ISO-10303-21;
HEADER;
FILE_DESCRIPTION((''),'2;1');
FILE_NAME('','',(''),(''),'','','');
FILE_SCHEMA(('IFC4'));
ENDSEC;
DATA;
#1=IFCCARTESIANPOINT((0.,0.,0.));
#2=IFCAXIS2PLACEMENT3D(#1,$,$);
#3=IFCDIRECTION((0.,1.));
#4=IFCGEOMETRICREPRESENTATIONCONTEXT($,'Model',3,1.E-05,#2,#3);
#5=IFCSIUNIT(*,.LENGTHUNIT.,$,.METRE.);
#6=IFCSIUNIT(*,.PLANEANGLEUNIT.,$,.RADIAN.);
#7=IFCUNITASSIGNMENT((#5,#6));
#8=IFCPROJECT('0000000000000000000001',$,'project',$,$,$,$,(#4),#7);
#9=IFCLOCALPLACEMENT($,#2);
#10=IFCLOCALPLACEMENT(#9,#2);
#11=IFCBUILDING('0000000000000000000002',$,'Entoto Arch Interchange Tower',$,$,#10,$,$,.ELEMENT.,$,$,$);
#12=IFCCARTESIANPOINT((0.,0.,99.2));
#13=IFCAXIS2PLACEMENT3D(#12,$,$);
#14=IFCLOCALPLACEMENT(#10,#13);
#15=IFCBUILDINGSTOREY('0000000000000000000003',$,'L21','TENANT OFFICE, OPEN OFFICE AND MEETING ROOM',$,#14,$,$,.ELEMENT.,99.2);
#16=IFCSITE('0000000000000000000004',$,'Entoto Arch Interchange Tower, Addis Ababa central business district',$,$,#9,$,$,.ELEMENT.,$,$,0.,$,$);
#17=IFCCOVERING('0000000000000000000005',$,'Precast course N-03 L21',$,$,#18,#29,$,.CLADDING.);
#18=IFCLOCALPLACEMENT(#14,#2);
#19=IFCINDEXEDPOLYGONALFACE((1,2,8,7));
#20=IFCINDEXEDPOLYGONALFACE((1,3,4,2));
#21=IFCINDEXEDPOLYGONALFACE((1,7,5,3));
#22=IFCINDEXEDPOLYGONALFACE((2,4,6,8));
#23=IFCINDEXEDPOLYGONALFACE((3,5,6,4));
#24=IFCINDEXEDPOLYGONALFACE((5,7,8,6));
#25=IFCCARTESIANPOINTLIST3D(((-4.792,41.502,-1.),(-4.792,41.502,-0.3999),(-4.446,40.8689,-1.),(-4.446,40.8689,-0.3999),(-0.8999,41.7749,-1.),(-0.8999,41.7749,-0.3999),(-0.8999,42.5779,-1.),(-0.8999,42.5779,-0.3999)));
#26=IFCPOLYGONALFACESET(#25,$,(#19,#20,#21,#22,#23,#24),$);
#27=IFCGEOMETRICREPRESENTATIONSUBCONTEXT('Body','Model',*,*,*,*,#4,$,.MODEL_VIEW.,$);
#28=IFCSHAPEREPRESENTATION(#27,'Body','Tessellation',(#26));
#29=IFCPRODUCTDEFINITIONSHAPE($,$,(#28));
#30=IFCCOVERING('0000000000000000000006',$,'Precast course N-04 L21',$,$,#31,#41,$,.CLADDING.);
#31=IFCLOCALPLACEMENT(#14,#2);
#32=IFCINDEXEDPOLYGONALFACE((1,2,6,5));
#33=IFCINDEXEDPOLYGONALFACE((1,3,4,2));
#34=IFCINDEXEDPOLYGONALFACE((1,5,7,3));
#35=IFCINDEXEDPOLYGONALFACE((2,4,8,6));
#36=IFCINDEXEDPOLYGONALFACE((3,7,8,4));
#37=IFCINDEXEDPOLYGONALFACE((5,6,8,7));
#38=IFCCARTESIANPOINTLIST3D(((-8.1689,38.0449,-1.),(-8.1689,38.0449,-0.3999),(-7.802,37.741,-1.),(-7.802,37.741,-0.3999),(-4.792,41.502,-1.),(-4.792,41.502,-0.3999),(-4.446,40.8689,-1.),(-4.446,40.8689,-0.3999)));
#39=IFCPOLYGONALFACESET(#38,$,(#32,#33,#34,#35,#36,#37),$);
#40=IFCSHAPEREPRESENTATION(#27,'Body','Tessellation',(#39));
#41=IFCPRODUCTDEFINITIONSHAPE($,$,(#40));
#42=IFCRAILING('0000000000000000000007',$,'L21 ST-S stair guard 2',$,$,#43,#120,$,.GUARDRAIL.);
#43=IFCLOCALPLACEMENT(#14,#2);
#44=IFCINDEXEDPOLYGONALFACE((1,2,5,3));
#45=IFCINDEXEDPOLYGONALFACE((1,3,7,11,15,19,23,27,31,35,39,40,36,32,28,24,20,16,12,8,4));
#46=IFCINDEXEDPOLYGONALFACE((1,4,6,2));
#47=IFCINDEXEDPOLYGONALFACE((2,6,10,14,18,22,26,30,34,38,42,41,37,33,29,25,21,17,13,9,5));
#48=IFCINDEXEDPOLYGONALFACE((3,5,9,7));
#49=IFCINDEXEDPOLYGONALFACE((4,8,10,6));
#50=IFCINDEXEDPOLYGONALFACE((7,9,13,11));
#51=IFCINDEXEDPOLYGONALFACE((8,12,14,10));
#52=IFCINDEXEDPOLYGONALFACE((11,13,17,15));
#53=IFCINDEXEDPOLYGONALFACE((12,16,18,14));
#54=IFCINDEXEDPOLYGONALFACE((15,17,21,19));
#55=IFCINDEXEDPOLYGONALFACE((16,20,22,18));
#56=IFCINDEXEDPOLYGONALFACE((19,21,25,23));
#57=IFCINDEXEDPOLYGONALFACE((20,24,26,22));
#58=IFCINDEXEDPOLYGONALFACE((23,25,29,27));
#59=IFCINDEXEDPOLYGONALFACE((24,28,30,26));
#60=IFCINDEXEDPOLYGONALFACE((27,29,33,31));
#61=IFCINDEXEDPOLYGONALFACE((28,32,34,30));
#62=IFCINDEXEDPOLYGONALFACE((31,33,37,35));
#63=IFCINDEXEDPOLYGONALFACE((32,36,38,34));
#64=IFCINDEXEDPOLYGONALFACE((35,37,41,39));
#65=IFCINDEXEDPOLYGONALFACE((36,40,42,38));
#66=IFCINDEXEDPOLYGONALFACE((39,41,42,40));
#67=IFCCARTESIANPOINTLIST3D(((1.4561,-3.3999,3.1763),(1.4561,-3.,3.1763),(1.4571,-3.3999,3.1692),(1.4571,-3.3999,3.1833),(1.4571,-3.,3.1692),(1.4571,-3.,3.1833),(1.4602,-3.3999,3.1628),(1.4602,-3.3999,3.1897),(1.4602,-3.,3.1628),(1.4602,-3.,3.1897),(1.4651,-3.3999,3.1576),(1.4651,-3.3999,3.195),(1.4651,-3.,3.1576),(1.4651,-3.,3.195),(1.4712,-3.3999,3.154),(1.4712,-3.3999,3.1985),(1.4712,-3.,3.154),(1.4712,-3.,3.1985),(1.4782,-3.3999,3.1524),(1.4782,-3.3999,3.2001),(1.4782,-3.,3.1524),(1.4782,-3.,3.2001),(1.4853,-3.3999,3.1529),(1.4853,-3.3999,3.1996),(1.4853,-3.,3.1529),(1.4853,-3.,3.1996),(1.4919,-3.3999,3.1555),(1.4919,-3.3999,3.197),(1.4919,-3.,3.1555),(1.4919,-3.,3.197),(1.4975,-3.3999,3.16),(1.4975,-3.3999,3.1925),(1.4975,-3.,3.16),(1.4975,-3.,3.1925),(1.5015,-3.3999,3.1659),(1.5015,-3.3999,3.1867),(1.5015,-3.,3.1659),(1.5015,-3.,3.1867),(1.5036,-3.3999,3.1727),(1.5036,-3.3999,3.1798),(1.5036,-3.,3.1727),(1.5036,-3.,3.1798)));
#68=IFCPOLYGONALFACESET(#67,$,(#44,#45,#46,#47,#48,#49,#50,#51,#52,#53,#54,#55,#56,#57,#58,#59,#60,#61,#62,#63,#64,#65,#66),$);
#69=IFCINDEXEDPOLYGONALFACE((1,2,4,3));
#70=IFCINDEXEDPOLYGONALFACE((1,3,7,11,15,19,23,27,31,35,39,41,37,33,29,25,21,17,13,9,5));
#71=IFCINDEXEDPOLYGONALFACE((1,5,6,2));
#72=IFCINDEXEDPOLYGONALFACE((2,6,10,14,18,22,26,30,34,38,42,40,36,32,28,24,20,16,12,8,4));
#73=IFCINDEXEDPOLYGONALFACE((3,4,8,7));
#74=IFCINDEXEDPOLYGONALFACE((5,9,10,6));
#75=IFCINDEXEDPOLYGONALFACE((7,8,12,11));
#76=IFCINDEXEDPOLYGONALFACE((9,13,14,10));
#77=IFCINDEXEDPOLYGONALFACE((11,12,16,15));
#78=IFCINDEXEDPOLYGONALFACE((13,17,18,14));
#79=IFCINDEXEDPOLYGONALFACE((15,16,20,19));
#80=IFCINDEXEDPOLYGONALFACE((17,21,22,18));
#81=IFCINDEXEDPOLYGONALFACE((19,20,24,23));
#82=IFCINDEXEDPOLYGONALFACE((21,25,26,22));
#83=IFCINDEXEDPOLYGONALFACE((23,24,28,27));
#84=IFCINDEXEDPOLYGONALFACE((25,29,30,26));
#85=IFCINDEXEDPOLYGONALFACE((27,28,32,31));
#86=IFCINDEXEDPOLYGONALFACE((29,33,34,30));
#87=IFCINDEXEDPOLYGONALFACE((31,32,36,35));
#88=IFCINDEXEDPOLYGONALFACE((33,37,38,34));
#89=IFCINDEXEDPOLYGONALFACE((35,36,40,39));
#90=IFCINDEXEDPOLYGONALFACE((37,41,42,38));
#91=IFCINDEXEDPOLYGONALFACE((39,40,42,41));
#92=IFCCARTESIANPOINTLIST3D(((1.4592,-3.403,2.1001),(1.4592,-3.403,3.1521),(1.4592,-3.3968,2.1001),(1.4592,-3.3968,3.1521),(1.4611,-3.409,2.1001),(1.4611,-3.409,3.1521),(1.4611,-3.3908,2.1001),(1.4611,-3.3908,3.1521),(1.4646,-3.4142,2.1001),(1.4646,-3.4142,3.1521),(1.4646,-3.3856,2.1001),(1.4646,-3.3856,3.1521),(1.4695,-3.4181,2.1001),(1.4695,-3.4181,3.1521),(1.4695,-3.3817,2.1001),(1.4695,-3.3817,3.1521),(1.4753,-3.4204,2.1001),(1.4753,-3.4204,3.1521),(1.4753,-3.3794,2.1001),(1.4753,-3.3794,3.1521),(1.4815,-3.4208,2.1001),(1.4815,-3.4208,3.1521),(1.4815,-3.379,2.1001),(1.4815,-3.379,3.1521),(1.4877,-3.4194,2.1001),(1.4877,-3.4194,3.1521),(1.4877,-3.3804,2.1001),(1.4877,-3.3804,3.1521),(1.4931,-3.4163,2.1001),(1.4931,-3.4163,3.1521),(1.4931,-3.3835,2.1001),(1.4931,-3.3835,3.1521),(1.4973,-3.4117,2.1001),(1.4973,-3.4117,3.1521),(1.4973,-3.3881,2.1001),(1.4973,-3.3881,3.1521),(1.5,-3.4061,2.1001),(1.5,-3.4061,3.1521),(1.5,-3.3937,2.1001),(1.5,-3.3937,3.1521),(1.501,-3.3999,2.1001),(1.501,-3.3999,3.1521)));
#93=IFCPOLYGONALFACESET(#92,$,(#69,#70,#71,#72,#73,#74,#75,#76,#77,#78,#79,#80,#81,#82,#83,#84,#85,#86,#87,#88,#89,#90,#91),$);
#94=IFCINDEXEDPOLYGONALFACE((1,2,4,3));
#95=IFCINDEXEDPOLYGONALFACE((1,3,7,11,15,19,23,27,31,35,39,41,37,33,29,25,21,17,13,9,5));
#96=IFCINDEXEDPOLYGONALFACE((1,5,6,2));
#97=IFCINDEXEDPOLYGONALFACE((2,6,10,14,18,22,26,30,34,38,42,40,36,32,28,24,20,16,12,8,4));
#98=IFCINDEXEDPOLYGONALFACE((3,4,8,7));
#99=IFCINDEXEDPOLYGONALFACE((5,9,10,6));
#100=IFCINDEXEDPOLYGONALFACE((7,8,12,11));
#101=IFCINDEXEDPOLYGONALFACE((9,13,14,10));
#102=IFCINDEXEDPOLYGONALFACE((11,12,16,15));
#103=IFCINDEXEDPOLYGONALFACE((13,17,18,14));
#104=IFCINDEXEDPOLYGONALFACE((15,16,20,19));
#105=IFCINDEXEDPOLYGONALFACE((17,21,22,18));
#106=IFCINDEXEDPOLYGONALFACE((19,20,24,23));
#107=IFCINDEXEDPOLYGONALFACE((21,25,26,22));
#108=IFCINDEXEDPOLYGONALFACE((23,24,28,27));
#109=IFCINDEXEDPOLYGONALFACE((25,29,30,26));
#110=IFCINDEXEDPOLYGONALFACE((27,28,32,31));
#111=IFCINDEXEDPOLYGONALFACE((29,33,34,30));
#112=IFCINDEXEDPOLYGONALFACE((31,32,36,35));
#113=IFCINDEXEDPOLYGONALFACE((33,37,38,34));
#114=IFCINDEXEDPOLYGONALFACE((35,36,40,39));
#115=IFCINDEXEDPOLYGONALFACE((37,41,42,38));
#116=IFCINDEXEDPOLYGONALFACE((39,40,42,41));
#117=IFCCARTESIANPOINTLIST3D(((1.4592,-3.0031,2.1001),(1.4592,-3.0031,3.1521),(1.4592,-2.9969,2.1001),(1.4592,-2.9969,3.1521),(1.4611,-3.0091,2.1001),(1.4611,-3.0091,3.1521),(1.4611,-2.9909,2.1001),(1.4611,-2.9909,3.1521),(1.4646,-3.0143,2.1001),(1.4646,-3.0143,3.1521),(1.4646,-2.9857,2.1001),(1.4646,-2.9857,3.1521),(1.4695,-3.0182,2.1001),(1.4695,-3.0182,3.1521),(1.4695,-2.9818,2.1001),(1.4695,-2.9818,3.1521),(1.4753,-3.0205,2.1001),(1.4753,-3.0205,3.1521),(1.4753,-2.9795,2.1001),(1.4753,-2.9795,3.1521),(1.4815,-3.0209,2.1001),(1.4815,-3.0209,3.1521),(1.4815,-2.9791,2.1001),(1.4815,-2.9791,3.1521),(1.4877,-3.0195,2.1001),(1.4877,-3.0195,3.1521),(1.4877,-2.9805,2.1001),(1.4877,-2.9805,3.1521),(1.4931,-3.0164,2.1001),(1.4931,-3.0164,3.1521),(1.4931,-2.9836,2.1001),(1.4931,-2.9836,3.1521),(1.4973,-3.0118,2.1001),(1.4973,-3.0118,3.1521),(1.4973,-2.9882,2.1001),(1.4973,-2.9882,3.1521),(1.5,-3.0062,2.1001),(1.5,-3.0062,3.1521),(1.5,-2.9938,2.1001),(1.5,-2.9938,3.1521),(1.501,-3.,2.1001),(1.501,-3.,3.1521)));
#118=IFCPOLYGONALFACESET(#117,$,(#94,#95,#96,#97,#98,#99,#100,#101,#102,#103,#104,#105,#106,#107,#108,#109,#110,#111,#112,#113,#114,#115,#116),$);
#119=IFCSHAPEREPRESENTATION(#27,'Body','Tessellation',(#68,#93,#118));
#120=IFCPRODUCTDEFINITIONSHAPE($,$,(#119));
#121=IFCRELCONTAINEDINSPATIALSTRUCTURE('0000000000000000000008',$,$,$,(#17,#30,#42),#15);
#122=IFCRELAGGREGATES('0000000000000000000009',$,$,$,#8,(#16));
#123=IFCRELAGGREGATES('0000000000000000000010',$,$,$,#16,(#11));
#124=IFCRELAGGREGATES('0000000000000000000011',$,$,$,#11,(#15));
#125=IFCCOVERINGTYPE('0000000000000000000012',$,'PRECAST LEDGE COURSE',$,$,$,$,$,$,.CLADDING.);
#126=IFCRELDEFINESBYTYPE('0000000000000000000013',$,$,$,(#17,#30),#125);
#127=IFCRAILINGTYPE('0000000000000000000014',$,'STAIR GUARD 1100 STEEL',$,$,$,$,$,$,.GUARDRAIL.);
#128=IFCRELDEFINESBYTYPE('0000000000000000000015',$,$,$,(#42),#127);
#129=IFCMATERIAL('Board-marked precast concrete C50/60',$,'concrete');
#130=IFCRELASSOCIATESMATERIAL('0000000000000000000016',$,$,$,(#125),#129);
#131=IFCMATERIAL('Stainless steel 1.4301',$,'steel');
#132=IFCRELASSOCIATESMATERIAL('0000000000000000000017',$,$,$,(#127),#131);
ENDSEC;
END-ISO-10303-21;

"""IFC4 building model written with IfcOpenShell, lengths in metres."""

from ifc_helpers import new_model, si_unit, direction, frame, origin, origin_2d, place, context, subcontext, project, spatial, polyline, circle, outline, extrude, material, type_object, element, save


model = new_model("IFC4")

# Units and contexts
model_context = context("Model", 3, precision=1e-05, world=origin(), true_north=direction((0.0, 1.0)))
body_context = subcontext(model_context, "Body", "Model", "MODEL_VIEW")
ifc_project = project(units=[si_unit("LENGTHUNIT", "METRE"), si_unit("PLANEANGLEUNIT", "RADIAN")], contexts=[model_context])

# Site, building, storey
site_placement = place(None, origin())
site = spatial("IfcSite", under=ifc_project, at=site_placement, Name="Entoto Arch Interchange Tower, Addis Ababa central business district", CompositionType="ELEMENT", RefElevation=0.0)
building_placement = place(site_placement, origin())
building = spatial("IfcBuilding", under=site, at=building_placement, Name="Entoto Arch Interchange Tower", CompositionType="ELEMENT")
storey_placement = place(building_placement, frame((0.0, 0.0, 99.2)))
storey = spatial("IfcBuildingStorey", under=building, at=storey_placement, Name="L21", Description="TENANT OFFICE, OPEN OFFICE AND MEETING ROOM", CompositionType="ELEMENT", Elevation=99.2)

# Coverings
ifc_material_1 = material(Name="Board-marked precast concrete C50/60", Category="concrete")
covering_type = type_object("IfcCoveringType", Name="PRECAST LEDGE COURSE", PredefinedType="CLADDING", material=ifc_material_1)
covering_1_placement = place(storey_placement, frame((0.0, 0.0, -1.0)))
element("IfcCovering", 1, at=covering_1_placement, inside=storey, type_object=covering_type, Name="Precast course N-03 L21", PredefinedType="CLADDING", context=body_context, shape_type="SweptSolid", body=[
    extrude(outline(polyline([(-4.446, 40.8689), (-4.792, 41.502), (-0.8999, 42.5779), (-0.8999, 41.7749), (-4.446, 40.8689)])), origin(), (0.0, 0.0, 1.0), 0.6001),
])
covering_2_placement = place(storey_placement, frame((0.0, 0.0, -1.0)))
element("IfcCovering", 2, at=covering_2_placement, inside=storey, type_object=covering_type, Name="Precast course N-04 L21", PredefinedType="CLADDING", context=body_context, shape_type="SweptSolid", body=[
    extrude(outline(polyline([(-7.802, 37.741), (-8.1689, 38.0449), (-4.792, 41.502), (-4.446, 40.8689), (-7.802, 37.741)])), origin(), (0.0, 0.0, 1.0), 0.6001),
])

# Railing
ifc_material_2 = material(Name="Stainless steel 1.4301", Category="steel")
railing_type_1 = type_object("IfcRailingType", Name="STAIR GUARD 1100 STEEL", PredefinedType="GUARDRAIL", material=ifc_material_2)
railing_1_placement = place(storey_placement, frame((1.48, -3.3999, 2.1001)))
element("IfcRailing", 3, at=railing_1_placement, inside=storey, type_object=railing_type_1, Name="L21 ST-S stair guard 2", PredefinedType="GUARDRAIL", context=body_context, shape_type="SweptSolid", body=[
    extrude(circle(Radius=0.0239, at=origin_2d()), frame((0.0, 0.0, 1.0762), z_axis=(0.0, 1.0, 0.0), x_axis=(-1.0, 0.0, 0.0)), (0.0, 0.0, 1.0), 0.3999),
    extrude(circle(Radius=0.021, at=origin_2d()), origin(), (0.0, 0.0, 1.0), 1.052),
    extrude(circle(Radius=0.021, at=origin_2d()), frame((0.0, 0.3999, 0.0)), (0.0, 0.0, 1.0), 1.052),
])

save(model, "model.ifc")
